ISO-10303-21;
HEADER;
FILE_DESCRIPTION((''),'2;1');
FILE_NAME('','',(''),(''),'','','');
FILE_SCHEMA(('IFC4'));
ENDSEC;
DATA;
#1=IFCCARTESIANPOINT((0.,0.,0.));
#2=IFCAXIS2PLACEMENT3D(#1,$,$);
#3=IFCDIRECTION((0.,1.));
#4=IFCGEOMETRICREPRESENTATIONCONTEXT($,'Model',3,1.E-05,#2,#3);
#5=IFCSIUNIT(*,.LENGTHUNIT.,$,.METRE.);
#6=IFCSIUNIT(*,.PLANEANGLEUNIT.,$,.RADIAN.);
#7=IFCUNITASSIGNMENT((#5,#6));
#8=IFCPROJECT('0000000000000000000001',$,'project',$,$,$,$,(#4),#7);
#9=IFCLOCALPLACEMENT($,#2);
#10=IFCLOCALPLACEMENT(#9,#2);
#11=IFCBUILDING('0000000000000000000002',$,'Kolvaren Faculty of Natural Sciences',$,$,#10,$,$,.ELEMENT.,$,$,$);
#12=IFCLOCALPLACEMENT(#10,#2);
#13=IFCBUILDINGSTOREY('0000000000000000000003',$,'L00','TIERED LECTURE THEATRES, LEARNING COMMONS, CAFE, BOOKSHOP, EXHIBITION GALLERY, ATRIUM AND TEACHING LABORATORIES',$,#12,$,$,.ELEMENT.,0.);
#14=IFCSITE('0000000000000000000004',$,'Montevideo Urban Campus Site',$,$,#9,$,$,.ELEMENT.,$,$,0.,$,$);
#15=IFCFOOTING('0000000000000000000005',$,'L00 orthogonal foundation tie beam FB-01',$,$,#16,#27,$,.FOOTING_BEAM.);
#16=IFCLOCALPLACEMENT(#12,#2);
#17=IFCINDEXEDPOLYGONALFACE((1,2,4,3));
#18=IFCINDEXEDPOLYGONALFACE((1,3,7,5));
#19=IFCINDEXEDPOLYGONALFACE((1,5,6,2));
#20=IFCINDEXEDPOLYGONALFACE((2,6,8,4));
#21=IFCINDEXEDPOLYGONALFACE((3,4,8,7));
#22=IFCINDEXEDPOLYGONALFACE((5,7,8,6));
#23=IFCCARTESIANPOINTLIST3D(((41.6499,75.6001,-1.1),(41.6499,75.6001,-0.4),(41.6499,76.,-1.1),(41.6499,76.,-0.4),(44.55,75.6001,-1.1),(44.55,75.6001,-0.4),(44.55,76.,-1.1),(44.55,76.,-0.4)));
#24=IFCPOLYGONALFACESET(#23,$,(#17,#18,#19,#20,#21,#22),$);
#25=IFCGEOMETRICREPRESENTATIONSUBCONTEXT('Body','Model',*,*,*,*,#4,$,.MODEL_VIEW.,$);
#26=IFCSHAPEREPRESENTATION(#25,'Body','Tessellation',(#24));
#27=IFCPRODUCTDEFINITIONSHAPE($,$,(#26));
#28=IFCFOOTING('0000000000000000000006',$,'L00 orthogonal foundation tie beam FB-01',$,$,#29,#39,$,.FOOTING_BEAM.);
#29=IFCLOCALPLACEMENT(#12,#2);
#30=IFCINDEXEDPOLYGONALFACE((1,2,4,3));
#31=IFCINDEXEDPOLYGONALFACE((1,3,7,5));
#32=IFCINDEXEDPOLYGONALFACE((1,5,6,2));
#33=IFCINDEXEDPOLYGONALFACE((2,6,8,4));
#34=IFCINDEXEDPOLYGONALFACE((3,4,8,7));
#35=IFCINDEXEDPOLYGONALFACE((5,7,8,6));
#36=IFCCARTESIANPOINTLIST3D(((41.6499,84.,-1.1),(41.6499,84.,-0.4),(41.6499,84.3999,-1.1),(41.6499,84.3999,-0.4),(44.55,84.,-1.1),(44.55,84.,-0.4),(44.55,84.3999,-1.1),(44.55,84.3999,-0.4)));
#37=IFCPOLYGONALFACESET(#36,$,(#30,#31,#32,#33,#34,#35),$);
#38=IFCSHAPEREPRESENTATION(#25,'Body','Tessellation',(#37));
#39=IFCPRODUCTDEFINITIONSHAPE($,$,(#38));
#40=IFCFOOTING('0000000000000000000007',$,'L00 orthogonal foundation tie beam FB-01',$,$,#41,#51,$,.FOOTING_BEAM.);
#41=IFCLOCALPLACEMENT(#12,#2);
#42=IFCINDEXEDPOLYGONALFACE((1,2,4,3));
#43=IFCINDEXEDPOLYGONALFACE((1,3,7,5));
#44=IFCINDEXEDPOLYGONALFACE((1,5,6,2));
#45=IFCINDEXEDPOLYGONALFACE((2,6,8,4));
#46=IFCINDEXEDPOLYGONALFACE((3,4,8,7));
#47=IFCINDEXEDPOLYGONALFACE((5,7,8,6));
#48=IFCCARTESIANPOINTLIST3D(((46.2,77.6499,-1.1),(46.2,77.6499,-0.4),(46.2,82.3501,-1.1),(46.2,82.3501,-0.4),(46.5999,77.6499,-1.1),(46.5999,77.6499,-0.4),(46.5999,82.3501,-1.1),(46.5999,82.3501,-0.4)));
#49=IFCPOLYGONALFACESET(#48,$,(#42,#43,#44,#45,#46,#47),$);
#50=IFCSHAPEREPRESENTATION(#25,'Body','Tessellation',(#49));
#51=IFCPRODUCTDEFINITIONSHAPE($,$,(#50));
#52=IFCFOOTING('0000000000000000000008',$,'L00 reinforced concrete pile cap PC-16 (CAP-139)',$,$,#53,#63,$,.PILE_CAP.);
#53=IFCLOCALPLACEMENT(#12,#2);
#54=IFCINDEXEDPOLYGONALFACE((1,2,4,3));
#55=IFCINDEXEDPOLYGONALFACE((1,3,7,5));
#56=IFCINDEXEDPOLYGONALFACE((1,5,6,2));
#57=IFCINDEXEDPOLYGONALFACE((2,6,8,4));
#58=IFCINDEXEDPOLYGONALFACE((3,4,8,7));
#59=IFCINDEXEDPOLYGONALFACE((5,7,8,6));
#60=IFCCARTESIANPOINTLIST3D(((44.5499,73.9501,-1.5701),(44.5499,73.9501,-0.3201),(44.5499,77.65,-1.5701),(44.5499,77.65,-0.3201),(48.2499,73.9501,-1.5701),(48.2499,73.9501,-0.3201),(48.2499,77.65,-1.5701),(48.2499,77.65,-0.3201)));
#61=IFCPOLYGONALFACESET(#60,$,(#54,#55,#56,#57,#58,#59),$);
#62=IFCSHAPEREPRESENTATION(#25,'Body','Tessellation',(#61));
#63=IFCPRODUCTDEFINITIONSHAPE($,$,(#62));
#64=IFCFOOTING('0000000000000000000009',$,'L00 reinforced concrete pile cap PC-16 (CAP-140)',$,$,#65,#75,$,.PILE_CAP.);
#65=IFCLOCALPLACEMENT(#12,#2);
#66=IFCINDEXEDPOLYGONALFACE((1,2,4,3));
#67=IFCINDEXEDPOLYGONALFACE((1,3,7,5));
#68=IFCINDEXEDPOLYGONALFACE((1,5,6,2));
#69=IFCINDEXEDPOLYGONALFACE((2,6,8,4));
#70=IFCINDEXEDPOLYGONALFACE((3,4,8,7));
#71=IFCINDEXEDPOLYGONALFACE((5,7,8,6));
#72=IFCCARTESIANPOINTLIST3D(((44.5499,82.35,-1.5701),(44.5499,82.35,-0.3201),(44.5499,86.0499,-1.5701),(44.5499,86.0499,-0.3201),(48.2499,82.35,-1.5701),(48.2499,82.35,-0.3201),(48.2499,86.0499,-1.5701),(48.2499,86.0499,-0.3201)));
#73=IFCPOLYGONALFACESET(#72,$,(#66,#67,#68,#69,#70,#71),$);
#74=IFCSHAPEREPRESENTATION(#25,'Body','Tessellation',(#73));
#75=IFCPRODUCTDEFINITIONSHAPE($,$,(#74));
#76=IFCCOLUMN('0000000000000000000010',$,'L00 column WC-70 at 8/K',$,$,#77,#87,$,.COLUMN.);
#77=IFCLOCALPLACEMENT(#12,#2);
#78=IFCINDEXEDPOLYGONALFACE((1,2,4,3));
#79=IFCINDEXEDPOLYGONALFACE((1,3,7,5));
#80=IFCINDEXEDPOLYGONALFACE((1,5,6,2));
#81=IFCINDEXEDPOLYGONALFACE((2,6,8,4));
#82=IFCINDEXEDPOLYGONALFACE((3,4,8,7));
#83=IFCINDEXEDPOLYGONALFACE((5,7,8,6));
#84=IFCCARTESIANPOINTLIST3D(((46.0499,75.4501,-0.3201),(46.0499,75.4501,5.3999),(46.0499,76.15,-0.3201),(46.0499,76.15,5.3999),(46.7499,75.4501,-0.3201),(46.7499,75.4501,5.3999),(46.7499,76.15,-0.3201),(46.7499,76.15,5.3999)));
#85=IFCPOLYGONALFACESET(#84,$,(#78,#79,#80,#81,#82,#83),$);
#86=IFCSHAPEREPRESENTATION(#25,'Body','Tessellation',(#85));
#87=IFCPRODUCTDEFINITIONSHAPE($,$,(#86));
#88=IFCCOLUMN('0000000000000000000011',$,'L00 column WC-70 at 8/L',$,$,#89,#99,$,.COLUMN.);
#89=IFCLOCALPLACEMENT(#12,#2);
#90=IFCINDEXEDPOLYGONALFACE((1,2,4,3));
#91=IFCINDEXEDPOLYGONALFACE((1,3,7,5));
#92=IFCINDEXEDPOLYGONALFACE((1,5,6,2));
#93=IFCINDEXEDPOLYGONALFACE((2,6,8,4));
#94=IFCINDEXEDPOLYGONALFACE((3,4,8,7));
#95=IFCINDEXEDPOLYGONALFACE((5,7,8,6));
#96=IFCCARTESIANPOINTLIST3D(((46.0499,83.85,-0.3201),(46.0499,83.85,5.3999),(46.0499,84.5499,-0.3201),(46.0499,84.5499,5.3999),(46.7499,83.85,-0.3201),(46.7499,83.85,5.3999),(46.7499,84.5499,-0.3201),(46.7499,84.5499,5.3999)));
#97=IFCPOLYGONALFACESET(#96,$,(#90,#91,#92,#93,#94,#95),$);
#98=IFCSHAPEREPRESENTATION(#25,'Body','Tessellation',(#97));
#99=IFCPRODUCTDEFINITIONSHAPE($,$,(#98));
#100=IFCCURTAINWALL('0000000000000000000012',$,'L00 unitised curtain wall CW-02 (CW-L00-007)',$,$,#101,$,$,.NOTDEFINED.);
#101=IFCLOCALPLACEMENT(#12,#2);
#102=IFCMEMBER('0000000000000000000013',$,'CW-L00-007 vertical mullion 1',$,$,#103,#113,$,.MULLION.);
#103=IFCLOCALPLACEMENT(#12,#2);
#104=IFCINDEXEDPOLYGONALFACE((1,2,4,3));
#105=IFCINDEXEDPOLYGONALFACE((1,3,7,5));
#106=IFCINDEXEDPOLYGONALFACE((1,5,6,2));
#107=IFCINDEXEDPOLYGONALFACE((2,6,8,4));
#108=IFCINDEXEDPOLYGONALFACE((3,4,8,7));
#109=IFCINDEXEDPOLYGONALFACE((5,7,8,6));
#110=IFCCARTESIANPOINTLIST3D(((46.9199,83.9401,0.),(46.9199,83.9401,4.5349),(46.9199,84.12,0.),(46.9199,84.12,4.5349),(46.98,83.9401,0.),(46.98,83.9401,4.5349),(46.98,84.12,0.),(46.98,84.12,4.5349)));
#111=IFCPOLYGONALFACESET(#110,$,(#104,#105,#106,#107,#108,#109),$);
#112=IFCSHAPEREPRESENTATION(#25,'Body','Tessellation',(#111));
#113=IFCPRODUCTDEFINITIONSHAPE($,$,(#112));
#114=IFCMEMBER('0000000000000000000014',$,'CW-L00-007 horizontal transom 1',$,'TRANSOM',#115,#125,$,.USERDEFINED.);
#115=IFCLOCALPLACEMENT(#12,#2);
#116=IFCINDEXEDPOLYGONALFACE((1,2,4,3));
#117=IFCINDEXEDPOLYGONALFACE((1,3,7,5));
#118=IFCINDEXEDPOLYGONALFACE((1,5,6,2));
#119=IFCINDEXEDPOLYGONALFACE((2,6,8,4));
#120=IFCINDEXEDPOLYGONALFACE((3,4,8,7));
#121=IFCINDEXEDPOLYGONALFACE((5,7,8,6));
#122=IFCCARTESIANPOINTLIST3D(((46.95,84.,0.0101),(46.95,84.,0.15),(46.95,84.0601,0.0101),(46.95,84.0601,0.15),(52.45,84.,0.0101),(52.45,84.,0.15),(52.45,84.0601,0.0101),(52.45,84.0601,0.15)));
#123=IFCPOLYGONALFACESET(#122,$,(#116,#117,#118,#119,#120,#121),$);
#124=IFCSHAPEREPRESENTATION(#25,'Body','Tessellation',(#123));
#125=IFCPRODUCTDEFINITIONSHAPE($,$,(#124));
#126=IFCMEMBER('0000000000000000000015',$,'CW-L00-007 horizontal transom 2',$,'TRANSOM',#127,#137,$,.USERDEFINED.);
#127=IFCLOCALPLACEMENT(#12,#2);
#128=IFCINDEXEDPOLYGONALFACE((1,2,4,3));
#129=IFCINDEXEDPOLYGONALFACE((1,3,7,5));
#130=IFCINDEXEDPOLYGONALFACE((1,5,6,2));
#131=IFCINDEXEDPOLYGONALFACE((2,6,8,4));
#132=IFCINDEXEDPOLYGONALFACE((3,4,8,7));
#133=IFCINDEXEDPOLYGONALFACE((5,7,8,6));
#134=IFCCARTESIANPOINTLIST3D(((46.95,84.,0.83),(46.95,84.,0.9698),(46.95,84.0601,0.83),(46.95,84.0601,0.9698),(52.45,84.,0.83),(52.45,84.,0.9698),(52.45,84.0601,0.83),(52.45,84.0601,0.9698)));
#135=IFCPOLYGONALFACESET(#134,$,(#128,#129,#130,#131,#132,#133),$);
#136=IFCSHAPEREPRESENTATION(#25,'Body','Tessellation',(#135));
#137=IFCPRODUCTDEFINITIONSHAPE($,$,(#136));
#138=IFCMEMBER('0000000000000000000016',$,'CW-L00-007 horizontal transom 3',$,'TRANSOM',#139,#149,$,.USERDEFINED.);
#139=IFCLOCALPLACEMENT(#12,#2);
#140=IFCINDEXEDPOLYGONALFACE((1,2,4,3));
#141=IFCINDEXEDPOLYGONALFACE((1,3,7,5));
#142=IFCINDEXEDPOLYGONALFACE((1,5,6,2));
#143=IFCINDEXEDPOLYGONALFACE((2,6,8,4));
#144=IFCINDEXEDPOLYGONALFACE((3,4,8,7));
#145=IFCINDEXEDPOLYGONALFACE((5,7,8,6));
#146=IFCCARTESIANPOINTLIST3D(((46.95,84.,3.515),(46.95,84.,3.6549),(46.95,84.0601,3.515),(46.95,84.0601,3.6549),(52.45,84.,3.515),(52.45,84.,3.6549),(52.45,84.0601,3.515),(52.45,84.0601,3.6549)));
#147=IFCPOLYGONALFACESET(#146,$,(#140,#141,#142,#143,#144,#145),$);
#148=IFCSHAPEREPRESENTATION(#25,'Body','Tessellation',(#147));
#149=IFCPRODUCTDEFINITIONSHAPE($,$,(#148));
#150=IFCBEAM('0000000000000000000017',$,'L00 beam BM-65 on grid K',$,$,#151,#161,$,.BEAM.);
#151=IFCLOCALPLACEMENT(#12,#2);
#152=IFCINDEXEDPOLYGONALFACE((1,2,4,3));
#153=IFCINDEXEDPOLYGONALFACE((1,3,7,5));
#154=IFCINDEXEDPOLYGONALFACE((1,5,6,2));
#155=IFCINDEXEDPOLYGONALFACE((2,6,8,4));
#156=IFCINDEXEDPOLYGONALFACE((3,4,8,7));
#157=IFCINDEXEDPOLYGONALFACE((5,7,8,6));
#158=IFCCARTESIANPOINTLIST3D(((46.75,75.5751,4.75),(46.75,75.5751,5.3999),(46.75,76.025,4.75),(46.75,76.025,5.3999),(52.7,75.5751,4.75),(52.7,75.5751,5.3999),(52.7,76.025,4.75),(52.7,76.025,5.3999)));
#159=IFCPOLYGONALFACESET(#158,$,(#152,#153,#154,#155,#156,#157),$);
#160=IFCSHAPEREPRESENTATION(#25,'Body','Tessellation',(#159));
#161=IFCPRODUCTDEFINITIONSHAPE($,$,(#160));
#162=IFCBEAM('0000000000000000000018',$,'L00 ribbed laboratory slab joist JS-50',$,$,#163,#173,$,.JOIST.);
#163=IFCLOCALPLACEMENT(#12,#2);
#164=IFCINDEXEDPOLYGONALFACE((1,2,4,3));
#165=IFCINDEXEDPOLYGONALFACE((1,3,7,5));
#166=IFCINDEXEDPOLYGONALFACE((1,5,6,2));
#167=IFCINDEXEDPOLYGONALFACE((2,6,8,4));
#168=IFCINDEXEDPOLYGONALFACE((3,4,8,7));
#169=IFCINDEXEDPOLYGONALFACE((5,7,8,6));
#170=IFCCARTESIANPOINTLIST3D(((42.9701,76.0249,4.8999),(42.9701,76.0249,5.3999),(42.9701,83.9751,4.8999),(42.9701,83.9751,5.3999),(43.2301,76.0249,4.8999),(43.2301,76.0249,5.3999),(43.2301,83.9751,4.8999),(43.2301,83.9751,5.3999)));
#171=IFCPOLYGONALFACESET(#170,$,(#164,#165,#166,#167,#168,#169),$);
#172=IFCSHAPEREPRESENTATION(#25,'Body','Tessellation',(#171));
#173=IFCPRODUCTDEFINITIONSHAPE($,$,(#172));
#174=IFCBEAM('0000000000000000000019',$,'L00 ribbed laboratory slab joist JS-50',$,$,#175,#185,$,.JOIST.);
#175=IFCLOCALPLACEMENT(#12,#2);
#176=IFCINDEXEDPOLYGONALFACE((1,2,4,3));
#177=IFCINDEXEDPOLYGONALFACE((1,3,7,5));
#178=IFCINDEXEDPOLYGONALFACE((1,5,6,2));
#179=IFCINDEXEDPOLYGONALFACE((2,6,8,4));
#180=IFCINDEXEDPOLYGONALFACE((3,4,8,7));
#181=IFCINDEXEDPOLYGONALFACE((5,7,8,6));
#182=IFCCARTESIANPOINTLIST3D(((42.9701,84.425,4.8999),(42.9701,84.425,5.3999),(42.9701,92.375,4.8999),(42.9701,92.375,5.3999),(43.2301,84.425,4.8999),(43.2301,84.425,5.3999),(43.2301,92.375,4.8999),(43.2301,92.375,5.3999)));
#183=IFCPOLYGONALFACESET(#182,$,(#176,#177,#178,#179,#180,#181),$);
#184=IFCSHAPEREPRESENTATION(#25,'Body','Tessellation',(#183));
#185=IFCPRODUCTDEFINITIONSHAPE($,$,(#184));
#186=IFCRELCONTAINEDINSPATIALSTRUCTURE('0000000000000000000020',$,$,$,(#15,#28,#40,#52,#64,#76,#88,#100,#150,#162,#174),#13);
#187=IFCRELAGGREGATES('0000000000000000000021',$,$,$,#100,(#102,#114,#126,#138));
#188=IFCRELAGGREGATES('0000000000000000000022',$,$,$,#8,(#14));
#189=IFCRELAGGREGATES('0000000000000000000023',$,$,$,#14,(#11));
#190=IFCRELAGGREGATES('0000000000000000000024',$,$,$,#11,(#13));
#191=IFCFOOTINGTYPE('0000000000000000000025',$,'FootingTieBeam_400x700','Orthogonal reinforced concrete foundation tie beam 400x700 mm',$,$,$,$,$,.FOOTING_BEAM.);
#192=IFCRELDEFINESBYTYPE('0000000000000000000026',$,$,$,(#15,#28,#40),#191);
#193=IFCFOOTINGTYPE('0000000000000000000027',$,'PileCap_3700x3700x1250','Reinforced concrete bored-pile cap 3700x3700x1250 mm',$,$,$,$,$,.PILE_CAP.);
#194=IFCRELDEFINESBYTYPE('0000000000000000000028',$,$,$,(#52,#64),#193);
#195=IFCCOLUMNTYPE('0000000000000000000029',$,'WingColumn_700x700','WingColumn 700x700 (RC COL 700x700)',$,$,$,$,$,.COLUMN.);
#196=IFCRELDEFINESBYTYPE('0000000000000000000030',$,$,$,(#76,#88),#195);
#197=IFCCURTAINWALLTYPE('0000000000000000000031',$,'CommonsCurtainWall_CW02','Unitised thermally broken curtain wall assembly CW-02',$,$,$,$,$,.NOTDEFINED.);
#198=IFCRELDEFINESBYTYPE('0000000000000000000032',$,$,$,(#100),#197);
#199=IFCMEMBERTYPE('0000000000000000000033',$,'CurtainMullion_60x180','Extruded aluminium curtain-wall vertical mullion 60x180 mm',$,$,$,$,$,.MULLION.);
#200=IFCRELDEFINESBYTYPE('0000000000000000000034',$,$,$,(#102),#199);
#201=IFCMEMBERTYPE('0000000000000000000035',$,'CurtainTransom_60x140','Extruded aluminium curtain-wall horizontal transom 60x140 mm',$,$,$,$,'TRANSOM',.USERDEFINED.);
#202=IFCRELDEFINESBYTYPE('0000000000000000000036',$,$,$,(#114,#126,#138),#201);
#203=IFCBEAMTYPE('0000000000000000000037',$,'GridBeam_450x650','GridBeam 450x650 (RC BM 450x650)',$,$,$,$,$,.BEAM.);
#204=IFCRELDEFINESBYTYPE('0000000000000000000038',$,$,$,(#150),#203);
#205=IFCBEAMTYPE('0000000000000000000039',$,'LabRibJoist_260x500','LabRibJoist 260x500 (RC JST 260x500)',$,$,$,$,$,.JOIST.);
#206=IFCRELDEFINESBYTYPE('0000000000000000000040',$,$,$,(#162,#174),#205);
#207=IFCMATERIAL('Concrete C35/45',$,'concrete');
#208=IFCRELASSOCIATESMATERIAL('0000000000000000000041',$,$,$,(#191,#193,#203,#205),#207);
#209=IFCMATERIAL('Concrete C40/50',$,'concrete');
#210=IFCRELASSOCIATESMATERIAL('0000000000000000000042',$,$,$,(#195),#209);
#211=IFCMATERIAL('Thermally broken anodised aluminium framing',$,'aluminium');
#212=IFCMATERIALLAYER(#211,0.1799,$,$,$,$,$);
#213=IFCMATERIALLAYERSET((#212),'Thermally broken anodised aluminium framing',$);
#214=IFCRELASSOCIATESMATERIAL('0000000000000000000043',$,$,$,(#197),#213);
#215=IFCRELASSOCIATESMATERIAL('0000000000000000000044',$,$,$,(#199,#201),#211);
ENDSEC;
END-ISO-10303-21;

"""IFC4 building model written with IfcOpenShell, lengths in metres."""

from ifc_helpers import new_model, si_unit, direction, frame, origin, origin_2d, place, context, subcontext, project, spatial, rectangle, extrude, material, layer, layer_set, material_profile, profile_set, type_object, element, aggregate, save


model = new_model("IFC4")

# Units and contexts
model_context = context("Model", 3, precision=1e-05, world=origin(), true_north=direction((0.0, 1.0)))
body_context = subcontext(model_context, "Body", "Model", "MODEL_VIEW")
ifc_project = project(units=[si_unit("LENGTHUNIT", "METRE"), si_unit("PLANEANGLEUNIT", "RADIAN")], contexts=[model_context])

# Site, building, storey
site_placement = place(None, origin())
site = spatial("IfcSite", under=ifc_project, at=site_placement, Name="Montevideo Urban Campus Site", CompositionType="ELEMENT", RefElevation=0.0)
building_placement = place(site_placement, origin())
building = spatial("IfcBuilding", under=site, at=building_placement, Name="Kolvaren Faculty of Natural Sciences", CompositionType="ELEMENT")
storey_placement = place(building_placement, origin())
storey = spatial("IfcBuildingStorey", under=building, at=storey_placement, Name="L00", Description="TIERED LECTURE THEATRES, LEARNING COMMONS, CAFE, BOOKSHOP, EXHIBITION GALLERY, ATRIUM AND TEACHING LABORATORIES", CompositionType="ELEMENT", Elevation=0.0)

# Shared definitions
ifc_material_1 = material(Name="Concrete C35/45", Category="concrete")

# Footings
ifc_material_profile_1 = material_profile(ifc_material_1, rectangle(XDim=0.3999, YDim=0.7, at=origin_2d()), Name="RC FB 400x700")
ifc_profile_set_1 = profile_set([ifc_material_profile_1], Name="Concrete C35/45")
footing_type_1 = type_object("IfcFootingType", Name="FootingTieBeam_400x700", Description="Orthogonal reinforced concrete foundation tie beam 400x700 mm", PredefinedType="FOOTING_BEAM", material=ifc_profile_set_1)
for number, where, z_axis, x_axis, name in (
    (1, (41.6499, 75.8, -0.75), (1.0, 0.0, 0.0), (0.0, 1.0, 0.0), "L00 orthogonal foundation tie beam FB-01"),
    (2, (41.6499, 84.2, -0.75), (1.0, 0.0, 0.0), (0.0, 1.0, 0.0), "L00 orthogonal foundation tie beam FB-01"),
):
    element("IfcFooting", number, at=place(storey_placement, frame(where, z_axis=z_axis, x_axis=x_axis)), inside=storey, type_object=footing_type_1, Name=name, PredefinedType="FOOTING_BEAM", context=body_context, shape_type="SweptSolid", body=[
        extrude(rectangle(XDim=0.3999, YDim=0.7, at=origin_2d()), origin(), (0.0, 0.0, 1.0), 2.9001),
    ])
footing_placement = place(storey_placement, frame((46.3999, 77.6499, -0.75), z_axis=(0.0, 1.0, 0.0), x_axis=(-1.0, 0.0, 0.0)))
element("IfcFooting", 3, at=footing_placement, inside=storey, type_object=footing_type_1, Name="L00 orthogonal foundation tie beam FB-01", PredefinedType="FOOTING_BEAM", context=body_context, shape_type="SweptSolid", body=[
    extrude(rectangle(XDim=0.3999, YDim=0.7, at=origin_2d()), origin(), (0.0, 0.0, 1.0), 4.7002),
])
footing_type_2 = type_object("IfcFootingType", Name="PileCap_3700x3700x1250", Description="Reinforced concrete bored-pile cap 3700x3700x1250 mm", PredefinedType="PILE_CAP", material=ifc_material_1)
for number, where, z_axis, x_axis, name in (
    (4, (46.3999, 75.8, -1.5701), (0.0, 0.0, 1.0), (1.0, 0.0, 0.0), "L00 reinforced concrete pile cap PC-16 (CAP-139)"),
    (5, (46.3999, 84.2, -1.5701), (0.0, 0.0, 1.0), (1.0, 0.0, 0.0), "L00 reinforced concrete pile cap PC-16 (CAP-140)"),
):
    element("IfcFooting", number, at=place(storey_placement, frame(where, z_axis=z_axis, x_axis=x_axis)), inside=storey, type_object=footing_type_2, Name=name, PredefinedType="PILE_CAP", context=body_context, shape_type="SweptSolid", body=[
        extrude(rectangle(XDim=3.7, YDim=3.7, at=origin_2d()), origin(), (0.0, 0.0, 1.0), 1.25),
    ])

# Columns
ifc_material_2 = material(Name="Concrete C40/50", Category="concrete")
ifc_material_profile_2 = material_profile(ifc_material_2, rectangle(XDim=0.7, YDim=0.7, at=origin_2d()), Name="RC COL 700x700")
ifc_profile_set_2 = profile_set([ifc_material_profile_2], Name="Concrete C40/50")
column_type = type_object("IfcColumnType", Name="WingColumn_700x700", Description="WingColumn 700x700 (RC COL 700x700)", PredefinedType="COLUMN", material=ifc_profile_set_2)
for number, where, z_axis, x_axis, name in (
    (6, (46.3999, 75.8, -0.3201), (0.0, 0.0, 1.0), (1.0, 0.0, 0.0), "L00 column WC-70 at 8/K"),
    (7, (46.3999, 84.2, -0.3201), (0.0, 0.0, 1.0), (1.0, 0.0, 0.0), "L00 column WC-70 at 8/L"),
):
    element("IfcColumn", number, at=place(storey_placement, frame(where, z_axis=z_axis, x_axis=x_axis)), inside=storey, type_object=column_type, Name=name, PredefinedType="COLUMN", context=body_context, shape_type="SweptSolid", body=[
        extrude(rectangle(XDim=0.7, YDim=0.7, at=origin_2d()), origin(), (0.0, 0.0, 1.0), 5.72),
    ])

# Curtain wall, members
ifc_material_3 = material(Name="Thermally broken anodised aluminium framing", Category="aluminium")
ifc_layer_1 = layer(ifc_material_3, 0.1799)
ifc_layer_set_1 = layer_set([ifc_layer_1], Name="Thermally broken anodised aluminium framing")
curtain_wall_type = type_object("IfcCurtainWallType", Name="CommonsCurtainWall_CW02", Description="Unitised thermally broken curtain wall assembly CW-02", PredefinedType="NOTDEFINED", material=ifc_layer_set_1)
curtain_wall_placement = place(storey_placement, origin())
curtain_wall = element("IfcCurtainWall", 8, at=curtain_wall_placement, inside=storey, type_object=curtain_wall_type, Name="L00 unitised curtain wall CW-02 (CW-L00-007)", PredefinedType="NOTDEFINED")
ifc_material_profile_3 = material_profile(ifc_material_3, rectangle(XDim=0.0601, YDim=0.1799, at=origin_2d()), Name="ALU MUL 60x180")
ifc_profile_set_3 = profile_set([ifc_material_profile_3], Name="Thermally broken anodised aluminium framing")
member_type_1 = type_object("IfcMemberType", Name="CurtainMullion_60x180", Description="Extruded aluminium curtain-wall vertical mullion 60x180 mm", PredefinedType="MULLION", material=ifc_profile_set_3)
member_1_placement = place(storey_placement, frame((46.95, 84.03, 0.0), z_axis=(0.0, 0.0, 1.0), x_axis=(1.0, 0.0, 0.0)))
member_1 = element("IfcMember", 9, at=member_1_placement, type_object=member_type_1, Name="CW-L00-007 vertical mullion 1", PredefinedType="MULLION", context=body_context, shape_type="SweptSolid", body=[
    extrude(rectangle(XDim=0.0601, YDim=0.1799, at=origin_2d()), origin(), (0.0, 0.0, 1.0), 4.5349),
])
ifc_material_profile_4 = material_profile(ifc_material_3, rectangle(XDim=0.0601, YDim=0.1399, at=origin_2d()), Name="ALU TRN 60x140")
ifc_profile_set_4 = profile_set([ifc_material_profile_4], Name="Thermally broken anodised aluminium framing")
member_type_2 = type_object("IfcMemberType", Name="CurtainTransom_60x140", Description="Extruded aluminium curtain-wall horizontal transom 60x140 mm", ElementType="TRANSOM", PredefinedType="USERDEFINED", material=ifc_profile_set_4)
member_2_placement = place(storey_placement, frame((46.95, 84.03, 0.0801), z_axis=(1.0, 0.0, 0.0), x_axis=(0.0, 1.0, 0.0)))
member_2 = element("IfcMember", 10, at=member_2_placement, type_object=member_type_2, Name="CW-L00-007 horizontal transom 1", ObjectType="TRANSOM", PredefinedType="USERDEFINED", context=body_context, shape_type="SweptSolid", body=[
    extrude(rectangle(XDim=0.0601, YDim=0.1399, at=origin_2d()), origin(), (0.0, 0.0, 1.0), 5.5),
])
member_3_placement = place(storey_placement, frame((46.95, 84.03, 0.8999), z_axis=(1.0, 0.0, 0.0), x_axis=(0.0, 1.0, 0.0)))
member_3 = element("IfcMember", 11, at=member_3_placement, type_object=member_type_2, Name="CW-L00-007 horizontal transom 2", ObjectType="TRANSOM", PredefinedType="USERDEFINED", context=body_context, shape_type="SweptSolid", body=[
    extrude(rectangle(XDim=0.0601, YDim=0.1399, at=origin_2d()), origin(), (0.0, 0.0, 1.0), 5.5),
])
member_4_placement = place(storey_placement, frame((46.95, 84.03, 3.585), z_axis=(1.0, 0.0, 0.0), x_axis=(0.0, 1.0, 0.0)))
member_4 = element("IfcMember", 12, at=member_4_placement, type_object=member_type_2, Name="CW-L00-007 horizontal transom 3", ObjectType="TRANSOM", PredefinedType="USERDEFINED", context=body_context, shape_type="SweptSolid", body=[
    extrude(rectangle(XDim=0.0601, YDim=0.1399, at=origin_2d()), origin(), (0.0, 0.0, 1.0), 5.5),
])
aggregate(curtain_wall, [member_1, member_2, member_3, member_4])

# Beams
ifc_material_profile_5 = material_profile(ifc_material_1, rectangle(XDim=0.45, YDim=0.6499, at=origin_2d()), Name="RC BM 450x650")
ifc_profile_set_5 = profile_set([ifc_material_profile_5], Name="Concrete C35/45")
beam_type_1 = type_object("IfcBeamType", Name="GridBeam_450x650", Description="GridBeam 450x650 (RC BM 450x650)", PredefinedType="BEAM", material=ifc_profile_set_5)
beam_1_placement = place(storey_placement, frame((46.75, 75.8, 5.075), z_axis=(1.0, 0.0, 0.0), x_axis=(0.0, 1.0, 0.0)))
element("IfcBeam", 13, at=beam_1_placement, inside=storey, type_object=beam_type_1, Name="L00 beam BM-65 on grid K", PredefinedType="BEAM", context=body_context, shape_type="SweptSolid", body=[
    extrude(rectangle(XDim=0.45, YDim=0.6499, at=origin_2d()), origin(), (0.0, 0.0, 1.0), 5.95),
])
ifc_material_profile_6 = material_profile(ifc_material_1, rectangle(XDim=0.26, YDim=0.5, at=origin_2d()), Name="RC JST 260x500")
ifc_profile_set_6 = profile_set([ifc_material_profile_6], Name="Concrete C35/45")
beam_type_2 = type_object("IfcBeamType", Name="LabRibJoist_260x500", Description="LabRibJoist 260x500 (RC JST 260x500)", PredefinedType="JOIST", material=ifc_profile_set_6)
beam_2_placement = place(storey_placement, frame((43.1001, 76.0249, 5.1499), z_axis=(0.0, 1.0, 0.0), x_axis=(-1.0, 0.0, 0.0)))
element("IfcBeam", 14, at=beam_2_placement, inside=storey, type_object=beam_type_2, Name="L00 ribbed laboratory slab joist JS-50", PredefinedType="JOIST", context=body_context, shape_type="SweptSolid", body=[
    extrude(rectangle(XDim=0.26, YDim=0.5, at=origin_2d()), origin(), (0.0, 0.0, 1.0), 7.9502),
])
beam_3_placement = place(storey_placement, frame((43.1001, 84.425, 5.1499), z_axis=(0.0, 1.0, 0.0), x_axis=(-1.0, 0.0, 0.0)))
element("IfcBeam", 15, at=beam_3_placement, inside=storey, type_object=beam_type_2, Name="L00 ribbed laboratory slab joist JS-50", PredefinedType="JOIST", context=body_context, shape_type="SweptSolid", body=[
    extrude(rectangle(XDim=0.26, YDim=0.5, at=origin_2d()), origin(), (0.0, 0.0, 1.0), 7.95),
])

save(model, "model.ifc")
